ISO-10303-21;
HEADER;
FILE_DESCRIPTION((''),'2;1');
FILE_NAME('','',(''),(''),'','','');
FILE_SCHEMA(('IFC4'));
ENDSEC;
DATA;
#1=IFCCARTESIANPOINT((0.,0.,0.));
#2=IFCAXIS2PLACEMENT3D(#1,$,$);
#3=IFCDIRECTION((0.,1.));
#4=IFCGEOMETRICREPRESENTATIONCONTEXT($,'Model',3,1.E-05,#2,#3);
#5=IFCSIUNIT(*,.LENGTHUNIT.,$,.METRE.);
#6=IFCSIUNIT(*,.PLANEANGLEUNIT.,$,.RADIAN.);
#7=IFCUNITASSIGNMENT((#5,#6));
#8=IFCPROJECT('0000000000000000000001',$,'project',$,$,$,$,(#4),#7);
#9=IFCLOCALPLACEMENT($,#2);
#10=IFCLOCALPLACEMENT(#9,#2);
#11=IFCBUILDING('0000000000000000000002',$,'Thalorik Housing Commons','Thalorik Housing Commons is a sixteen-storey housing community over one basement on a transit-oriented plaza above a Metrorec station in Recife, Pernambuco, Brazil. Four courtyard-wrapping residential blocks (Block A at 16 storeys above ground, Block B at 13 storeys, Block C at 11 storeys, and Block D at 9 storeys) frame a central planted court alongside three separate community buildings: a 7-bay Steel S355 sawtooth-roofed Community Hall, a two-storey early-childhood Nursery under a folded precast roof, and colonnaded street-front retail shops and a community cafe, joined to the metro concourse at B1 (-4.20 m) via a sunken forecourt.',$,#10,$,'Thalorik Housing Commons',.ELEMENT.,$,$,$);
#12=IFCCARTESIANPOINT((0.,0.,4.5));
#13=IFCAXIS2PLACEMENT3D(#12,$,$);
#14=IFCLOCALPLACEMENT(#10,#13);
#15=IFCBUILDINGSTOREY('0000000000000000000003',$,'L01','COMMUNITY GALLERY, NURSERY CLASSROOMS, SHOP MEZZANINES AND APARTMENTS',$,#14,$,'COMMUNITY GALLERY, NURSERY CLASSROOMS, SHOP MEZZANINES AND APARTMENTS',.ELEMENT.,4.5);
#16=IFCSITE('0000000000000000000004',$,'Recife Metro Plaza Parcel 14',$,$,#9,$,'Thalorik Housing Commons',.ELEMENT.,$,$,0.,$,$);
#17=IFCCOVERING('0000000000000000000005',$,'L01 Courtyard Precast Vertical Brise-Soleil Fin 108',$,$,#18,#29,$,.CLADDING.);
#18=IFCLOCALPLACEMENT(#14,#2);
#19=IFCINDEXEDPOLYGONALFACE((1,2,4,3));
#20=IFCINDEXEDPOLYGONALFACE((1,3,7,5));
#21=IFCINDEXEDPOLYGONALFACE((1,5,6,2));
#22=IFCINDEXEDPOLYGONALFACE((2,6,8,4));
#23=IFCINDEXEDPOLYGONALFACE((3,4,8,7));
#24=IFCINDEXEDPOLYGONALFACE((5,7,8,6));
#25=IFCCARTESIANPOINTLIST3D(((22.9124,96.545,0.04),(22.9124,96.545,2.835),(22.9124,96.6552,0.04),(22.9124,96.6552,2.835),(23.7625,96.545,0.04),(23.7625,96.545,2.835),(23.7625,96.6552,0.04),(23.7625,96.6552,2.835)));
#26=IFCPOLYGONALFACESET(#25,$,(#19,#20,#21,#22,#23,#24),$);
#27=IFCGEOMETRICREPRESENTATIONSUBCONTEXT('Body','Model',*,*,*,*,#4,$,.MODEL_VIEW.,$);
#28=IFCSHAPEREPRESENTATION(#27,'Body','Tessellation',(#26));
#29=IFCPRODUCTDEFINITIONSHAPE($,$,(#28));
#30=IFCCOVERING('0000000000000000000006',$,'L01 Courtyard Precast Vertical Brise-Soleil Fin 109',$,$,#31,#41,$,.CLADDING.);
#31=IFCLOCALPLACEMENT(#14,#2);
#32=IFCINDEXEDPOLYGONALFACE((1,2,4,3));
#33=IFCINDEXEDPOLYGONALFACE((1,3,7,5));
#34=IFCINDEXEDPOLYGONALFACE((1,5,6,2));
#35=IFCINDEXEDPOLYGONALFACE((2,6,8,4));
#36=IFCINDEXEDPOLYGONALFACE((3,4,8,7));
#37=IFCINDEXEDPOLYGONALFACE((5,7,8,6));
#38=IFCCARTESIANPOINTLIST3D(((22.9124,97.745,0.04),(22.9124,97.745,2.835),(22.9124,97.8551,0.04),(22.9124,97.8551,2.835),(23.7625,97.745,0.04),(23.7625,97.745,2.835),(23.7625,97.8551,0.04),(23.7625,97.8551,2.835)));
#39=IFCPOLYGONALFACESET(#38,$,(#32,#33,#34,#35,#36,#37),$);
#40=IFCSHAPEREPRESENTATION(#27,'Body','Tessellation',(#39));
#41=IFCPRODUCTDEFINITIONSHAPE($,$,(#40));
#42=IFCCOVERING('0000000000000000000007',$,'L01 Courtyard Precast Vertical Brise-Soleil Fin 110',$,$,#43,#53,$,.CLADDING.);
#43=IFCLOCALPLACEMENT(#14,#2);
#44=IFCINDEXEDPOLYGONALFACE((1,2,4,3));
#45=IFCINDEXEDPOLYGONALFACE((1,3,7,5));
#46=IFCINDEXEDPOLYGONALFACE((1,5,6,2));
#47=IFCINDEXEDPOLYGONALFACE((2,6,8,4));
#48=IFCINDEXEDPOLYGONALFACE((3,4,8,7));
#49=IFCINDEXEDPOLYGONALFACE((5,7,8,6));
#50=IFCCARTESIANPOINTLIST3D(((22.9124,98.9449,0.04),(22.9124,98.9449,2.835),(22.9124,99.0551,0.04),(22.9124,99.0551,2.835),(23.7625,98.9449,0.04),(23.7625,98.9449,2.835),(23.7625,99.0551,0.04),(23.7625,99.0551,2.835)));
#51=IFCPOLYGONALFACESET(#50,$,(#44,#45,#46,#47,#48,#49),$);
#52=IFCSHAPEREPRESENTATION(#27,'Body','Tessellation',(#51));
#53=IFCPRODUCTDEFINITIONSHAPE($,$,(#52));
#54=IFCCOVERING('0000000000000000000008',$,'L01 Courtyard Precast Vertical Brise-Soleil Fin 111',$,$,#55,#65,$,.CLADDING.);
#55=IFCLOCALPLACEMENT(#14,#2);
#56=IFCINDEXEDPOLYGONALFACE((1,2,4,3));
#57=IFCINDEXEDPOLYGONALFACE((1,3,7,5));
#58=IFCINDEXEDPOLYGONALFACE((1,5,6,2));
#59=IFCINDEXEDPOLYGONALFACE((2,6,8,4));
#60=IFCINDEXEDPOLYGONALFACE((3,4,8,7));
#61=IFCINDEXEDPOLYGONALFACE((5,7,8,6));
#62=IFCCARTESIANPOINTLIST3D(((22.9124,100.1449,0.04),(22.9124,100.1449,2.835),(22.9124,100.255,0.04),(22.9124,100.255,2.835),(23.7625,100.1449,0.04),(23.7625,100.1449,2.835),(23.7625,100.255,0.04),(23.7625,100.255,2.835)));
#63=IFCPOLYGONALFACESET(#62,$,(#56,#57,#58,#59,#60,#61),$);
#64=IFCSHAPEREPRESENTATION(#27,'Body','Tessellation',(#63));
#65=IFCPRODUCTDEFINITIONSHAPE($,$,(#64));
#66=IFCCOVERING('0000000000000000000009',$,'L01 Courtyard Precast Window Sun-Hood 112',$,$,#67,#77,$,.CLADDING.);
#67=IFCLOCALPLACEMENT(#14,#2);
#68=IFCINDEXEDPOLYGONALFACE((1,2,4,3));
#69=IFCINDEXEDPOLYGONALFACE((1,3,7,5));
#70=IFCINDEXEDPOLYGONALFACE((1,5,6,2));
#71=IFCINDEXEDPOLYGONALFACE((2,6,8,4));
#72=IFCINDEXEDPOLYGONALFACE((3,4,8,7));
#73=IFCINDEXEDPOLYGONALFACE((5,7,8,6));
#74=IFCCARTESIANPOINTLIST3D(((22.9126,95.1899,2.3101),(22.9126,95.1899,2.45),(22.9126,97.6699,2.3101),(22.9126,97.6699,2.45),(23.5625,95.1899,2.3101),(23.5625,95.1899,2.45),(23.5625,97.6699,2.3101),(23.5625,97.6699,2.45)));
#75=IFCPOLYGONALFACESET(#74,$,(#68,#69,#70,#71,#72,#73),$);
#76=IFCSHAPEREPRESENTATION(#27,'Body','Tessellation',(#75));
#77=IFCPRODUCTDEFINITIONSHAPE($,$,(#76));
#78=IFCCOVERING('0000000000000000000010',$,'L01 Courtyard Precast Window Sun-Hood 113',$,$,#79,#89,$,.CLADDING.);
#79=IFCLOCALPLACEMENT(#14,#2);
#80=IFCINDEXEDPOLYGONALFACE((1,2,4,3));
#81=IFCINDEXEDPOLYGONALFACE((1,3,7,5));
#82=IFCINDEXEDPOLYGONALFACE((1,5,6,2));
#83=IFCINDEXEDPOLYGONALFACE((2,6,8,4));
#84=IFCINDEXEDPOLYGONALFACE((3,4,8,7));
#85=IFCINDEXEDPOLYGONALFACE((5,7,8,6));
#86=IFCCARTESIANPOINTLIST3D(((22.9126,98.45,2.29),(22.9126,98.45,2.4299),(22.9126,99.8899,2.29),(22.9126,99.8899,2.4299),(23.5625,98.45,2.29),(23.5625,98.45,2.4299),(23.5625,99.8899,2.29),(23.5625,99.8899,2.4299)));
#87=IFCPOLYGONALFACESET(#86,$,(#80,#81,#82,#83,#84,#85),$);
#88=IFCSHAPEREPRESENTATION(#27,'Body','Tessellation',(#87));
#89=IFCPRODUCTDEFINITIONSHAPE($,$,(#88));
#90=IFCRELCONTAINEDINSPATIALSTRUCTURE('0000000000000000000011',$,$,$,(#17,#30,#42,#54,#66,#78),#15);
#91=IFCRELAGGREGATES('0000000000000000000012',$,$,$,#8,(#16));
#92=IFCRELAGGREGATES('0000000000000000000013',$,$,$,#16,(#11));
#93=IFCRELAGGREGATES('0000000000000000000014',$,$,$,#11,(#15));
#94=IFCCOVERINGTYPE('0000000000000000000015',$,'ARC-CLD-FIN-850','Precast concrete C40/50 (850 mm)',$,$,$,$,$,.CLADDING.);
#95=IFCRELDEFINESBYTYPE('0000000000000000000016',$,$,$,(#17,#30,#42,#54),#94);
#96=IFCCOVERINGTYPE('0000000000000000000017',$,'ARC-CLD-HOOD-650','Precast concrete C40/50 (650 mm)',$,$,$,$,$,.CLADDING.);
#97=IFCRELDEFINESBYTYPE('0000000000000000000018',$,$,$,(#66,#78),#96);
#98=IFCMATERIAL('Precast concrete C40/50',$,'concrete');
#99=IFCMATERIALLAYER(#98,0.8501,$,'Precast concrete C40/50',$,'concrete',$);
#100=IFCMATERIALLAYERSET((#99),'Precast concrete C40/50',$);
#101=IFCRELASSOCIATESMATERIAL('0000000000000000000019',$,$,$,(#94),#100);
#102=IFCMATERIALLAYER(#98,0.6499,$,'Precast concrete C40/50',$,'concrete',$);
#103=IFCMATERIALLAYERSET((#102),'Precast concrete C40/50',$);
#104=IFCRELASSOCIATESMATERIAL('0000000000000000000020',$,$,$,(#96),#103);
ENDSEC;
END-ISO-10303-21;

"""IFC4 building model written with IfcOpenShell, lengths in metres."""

from ifc_helpers import new_model, si_unit, direction, frame, origin, origin_2d, place, context, subcontext, project, spatial, rectangle, extrude, material, layer, layer_set, type_object, element, save


model = new_model("IFC4")

# Units and contexts
model_context = context("Model", 3, precision=1e-05, world=origin(), true_north=direction((0.0, 1.0)))
body_context = subcontext(model_context, "Body", "Model", "MODEL_VIEW")
ifc_project = project(units=[si_unit("LENGTHUNIT", "METRE"), si_unit("PLANEANGLEUNIT", "RADIAN")], contexts=[model_context])

# Site, building, storey
site_placement = place(None, origin())
site = spatial("IfcSite", under=ifc_project, at=site_placement, Name="Recife Metro Plaza Parcel 14", LongName="Thalorik Housing Commons", CompositionType="ELEMENT", RefElevation=0.0)
building_placement = place(site_placement, origin())
building = spatial("IfcBuilding", under=site, at=building_placement, Name="Thalorik Housing Commons", Description="Thalorik Housing Commons is a sixteen-storey housing community over one basement on a transit-oriented plaza above a Metrorec station in Recife, Pernambuco, Brazil. Four courtyard-wrapping residential blocks (Block A at 16 storeys above ground, Block B at 13 storeys, Block C at 11 storeys, and Block D at 9 storeys) frame a central planted court alongside three separate community buildings: a 7-bay Steel S355 sawtooth-roofed Community Hall, a two-storey early-childhood Nursery under a folded precast roof, and colonnaded street-front retail shops and a community cafe, joined to the metro concourse at B1 (-4.20 m) via a sunken forecourt.", LongName="Thalorik Housing Commons", CompositionType="ELEMENT")
storey_placement = place(building_placement, frame((0.0, 0.0, 4.5)))
storey = spatial("IfcBuildingStorey", under=building, at=storey_placement, Name="L01", Description="COMMUNITY GALLERY, NURSERY CLASSROOMS, SHOP MEZZANINES AND APARTMENTS", LongName="COMMUNITY GALLERY, NURSERY CLASSROOMS, SHOP MEZZANINES AND APARTMENTS", CompositionType="ELEMENT", Elevation=4.5)

# Shared definitions
ifc_material_1 = material(Name="Precast concrete C40/50", Category="concrete")

# Coverings
ifc_layer_1 = layer(ifc_material_1, 0.8501, Name="Precast concrete C40/50", Category="concrete")
ifc_layer_set_1 = layer_set([ifc_layer_1], Name="Precast concrete C40/50")
covering_type_1 = type_object("IfcCoveringType", Name="ARC-CLD-FIN-850", Description="Precast concrete C40/50 (850 mm)", PredefinedType="CLADDING", material=ifc_layer_set_1)
for number, where, z_axis, x_axis, name in (
    (1, (23.3374, 96.6001, 0.04), (0.0, 0.0, 1.0), (0.0, 1.0, 0.0), "L01 Courtyard Precast Vertical Brise-Soleil Fin 108"),
    (2, (23.3374, 97.8, 0.04), (0.0, 0.0, 1.0), (0.0, 1.0, 0.0), "L01 Courtyard Precast Vertical Brise-Soleil Fin 109"),
    (3, (23.3374, 99.0, 0.04), (0.0, 0.0, 1.0), (0.0, 1.0, 0.0), "L01 Courtyard Precast Vertical Brise-Soleil Fin 110"),
    (4, (23.3374, 100.2, 0.04), (0.0, 0.0, 1.0), (0.0, 1.0, 0.0), "L01 Courtyard Precast Vertical Brise-Soleil Fin 111"),
):
    element("IfcCovering", number, at=place(storey_placement, frame(where, z_axis=z_axis, x_axis=x_axis)), inside=storey, type_object=covering_type_1, Name=name, PredefinedType="CLADDING", context=body_context, shape_type="SweptSolid", body=[
        extrude(rectangle(XDim=0.1101, YDim=0.8501, at=origin_2d()), origin(), (0.0, 0.0, 1.0), 2.7949),
    ])
ifc_layer_2 = layer(ifc_material_1, 0.6499, Name="Precast concrete C40/50", Category="concrete")
ifc_layer_set_2 = layer_set([ifc_layer_2], Name="Precast concrete C40/50")
covering_type_2 = type_object("IfcCoveringType", Name="ARC-CLD-HOOD-650", Description="Precast concrete C40/50 (650 mm)", PredefinedType="CLADDING", material=ifc_layer_set_2)
covering_1_placement = place(storey_placement, frame((23.2375, 96.4299, 2.3101), z_axis=(0.0, 0.0, 1.0), x_axis=(0.0, 1.0, 0.0)))
element("IfcCovering", 5, at=covering_1_placement, inside=storey, type_object=covering_type_2, Name="L01 Courtyard Precast Window Sun-Hood 112", PredefinedType="CLADDING", context=body_context, shape_type="SweptSolid", body=[
    extrude(rectangle(XDim=2.48, YDim=0.6499, at=origin_2d()), origin(), (0.0, 0.0, 1.0), 0.1399),
])
covering_2_placement = place(storey_placement, frame((23.2375, 99.1699, 2.29), z_axis=(0.0, 0.0, 1.0), x_axis=(0.0, 1.0, 0.0)))
element("IfcCovering", 6, at=covering_2_placement, inside=storey, type_object=covering_type_2, Name="L01 Courtyard Precast Window Sun-Hood 113", PredefinedType="CLADDING", context=body_context, shape_type="SweptSolid", body=[
    extrude(rectangle(XDim=1.4399, YDim=0.6499, at=origin_2d()), origin(), (0.0, 0.0, 1.0), 0.1399),
])

save(model, "model.ifc")
